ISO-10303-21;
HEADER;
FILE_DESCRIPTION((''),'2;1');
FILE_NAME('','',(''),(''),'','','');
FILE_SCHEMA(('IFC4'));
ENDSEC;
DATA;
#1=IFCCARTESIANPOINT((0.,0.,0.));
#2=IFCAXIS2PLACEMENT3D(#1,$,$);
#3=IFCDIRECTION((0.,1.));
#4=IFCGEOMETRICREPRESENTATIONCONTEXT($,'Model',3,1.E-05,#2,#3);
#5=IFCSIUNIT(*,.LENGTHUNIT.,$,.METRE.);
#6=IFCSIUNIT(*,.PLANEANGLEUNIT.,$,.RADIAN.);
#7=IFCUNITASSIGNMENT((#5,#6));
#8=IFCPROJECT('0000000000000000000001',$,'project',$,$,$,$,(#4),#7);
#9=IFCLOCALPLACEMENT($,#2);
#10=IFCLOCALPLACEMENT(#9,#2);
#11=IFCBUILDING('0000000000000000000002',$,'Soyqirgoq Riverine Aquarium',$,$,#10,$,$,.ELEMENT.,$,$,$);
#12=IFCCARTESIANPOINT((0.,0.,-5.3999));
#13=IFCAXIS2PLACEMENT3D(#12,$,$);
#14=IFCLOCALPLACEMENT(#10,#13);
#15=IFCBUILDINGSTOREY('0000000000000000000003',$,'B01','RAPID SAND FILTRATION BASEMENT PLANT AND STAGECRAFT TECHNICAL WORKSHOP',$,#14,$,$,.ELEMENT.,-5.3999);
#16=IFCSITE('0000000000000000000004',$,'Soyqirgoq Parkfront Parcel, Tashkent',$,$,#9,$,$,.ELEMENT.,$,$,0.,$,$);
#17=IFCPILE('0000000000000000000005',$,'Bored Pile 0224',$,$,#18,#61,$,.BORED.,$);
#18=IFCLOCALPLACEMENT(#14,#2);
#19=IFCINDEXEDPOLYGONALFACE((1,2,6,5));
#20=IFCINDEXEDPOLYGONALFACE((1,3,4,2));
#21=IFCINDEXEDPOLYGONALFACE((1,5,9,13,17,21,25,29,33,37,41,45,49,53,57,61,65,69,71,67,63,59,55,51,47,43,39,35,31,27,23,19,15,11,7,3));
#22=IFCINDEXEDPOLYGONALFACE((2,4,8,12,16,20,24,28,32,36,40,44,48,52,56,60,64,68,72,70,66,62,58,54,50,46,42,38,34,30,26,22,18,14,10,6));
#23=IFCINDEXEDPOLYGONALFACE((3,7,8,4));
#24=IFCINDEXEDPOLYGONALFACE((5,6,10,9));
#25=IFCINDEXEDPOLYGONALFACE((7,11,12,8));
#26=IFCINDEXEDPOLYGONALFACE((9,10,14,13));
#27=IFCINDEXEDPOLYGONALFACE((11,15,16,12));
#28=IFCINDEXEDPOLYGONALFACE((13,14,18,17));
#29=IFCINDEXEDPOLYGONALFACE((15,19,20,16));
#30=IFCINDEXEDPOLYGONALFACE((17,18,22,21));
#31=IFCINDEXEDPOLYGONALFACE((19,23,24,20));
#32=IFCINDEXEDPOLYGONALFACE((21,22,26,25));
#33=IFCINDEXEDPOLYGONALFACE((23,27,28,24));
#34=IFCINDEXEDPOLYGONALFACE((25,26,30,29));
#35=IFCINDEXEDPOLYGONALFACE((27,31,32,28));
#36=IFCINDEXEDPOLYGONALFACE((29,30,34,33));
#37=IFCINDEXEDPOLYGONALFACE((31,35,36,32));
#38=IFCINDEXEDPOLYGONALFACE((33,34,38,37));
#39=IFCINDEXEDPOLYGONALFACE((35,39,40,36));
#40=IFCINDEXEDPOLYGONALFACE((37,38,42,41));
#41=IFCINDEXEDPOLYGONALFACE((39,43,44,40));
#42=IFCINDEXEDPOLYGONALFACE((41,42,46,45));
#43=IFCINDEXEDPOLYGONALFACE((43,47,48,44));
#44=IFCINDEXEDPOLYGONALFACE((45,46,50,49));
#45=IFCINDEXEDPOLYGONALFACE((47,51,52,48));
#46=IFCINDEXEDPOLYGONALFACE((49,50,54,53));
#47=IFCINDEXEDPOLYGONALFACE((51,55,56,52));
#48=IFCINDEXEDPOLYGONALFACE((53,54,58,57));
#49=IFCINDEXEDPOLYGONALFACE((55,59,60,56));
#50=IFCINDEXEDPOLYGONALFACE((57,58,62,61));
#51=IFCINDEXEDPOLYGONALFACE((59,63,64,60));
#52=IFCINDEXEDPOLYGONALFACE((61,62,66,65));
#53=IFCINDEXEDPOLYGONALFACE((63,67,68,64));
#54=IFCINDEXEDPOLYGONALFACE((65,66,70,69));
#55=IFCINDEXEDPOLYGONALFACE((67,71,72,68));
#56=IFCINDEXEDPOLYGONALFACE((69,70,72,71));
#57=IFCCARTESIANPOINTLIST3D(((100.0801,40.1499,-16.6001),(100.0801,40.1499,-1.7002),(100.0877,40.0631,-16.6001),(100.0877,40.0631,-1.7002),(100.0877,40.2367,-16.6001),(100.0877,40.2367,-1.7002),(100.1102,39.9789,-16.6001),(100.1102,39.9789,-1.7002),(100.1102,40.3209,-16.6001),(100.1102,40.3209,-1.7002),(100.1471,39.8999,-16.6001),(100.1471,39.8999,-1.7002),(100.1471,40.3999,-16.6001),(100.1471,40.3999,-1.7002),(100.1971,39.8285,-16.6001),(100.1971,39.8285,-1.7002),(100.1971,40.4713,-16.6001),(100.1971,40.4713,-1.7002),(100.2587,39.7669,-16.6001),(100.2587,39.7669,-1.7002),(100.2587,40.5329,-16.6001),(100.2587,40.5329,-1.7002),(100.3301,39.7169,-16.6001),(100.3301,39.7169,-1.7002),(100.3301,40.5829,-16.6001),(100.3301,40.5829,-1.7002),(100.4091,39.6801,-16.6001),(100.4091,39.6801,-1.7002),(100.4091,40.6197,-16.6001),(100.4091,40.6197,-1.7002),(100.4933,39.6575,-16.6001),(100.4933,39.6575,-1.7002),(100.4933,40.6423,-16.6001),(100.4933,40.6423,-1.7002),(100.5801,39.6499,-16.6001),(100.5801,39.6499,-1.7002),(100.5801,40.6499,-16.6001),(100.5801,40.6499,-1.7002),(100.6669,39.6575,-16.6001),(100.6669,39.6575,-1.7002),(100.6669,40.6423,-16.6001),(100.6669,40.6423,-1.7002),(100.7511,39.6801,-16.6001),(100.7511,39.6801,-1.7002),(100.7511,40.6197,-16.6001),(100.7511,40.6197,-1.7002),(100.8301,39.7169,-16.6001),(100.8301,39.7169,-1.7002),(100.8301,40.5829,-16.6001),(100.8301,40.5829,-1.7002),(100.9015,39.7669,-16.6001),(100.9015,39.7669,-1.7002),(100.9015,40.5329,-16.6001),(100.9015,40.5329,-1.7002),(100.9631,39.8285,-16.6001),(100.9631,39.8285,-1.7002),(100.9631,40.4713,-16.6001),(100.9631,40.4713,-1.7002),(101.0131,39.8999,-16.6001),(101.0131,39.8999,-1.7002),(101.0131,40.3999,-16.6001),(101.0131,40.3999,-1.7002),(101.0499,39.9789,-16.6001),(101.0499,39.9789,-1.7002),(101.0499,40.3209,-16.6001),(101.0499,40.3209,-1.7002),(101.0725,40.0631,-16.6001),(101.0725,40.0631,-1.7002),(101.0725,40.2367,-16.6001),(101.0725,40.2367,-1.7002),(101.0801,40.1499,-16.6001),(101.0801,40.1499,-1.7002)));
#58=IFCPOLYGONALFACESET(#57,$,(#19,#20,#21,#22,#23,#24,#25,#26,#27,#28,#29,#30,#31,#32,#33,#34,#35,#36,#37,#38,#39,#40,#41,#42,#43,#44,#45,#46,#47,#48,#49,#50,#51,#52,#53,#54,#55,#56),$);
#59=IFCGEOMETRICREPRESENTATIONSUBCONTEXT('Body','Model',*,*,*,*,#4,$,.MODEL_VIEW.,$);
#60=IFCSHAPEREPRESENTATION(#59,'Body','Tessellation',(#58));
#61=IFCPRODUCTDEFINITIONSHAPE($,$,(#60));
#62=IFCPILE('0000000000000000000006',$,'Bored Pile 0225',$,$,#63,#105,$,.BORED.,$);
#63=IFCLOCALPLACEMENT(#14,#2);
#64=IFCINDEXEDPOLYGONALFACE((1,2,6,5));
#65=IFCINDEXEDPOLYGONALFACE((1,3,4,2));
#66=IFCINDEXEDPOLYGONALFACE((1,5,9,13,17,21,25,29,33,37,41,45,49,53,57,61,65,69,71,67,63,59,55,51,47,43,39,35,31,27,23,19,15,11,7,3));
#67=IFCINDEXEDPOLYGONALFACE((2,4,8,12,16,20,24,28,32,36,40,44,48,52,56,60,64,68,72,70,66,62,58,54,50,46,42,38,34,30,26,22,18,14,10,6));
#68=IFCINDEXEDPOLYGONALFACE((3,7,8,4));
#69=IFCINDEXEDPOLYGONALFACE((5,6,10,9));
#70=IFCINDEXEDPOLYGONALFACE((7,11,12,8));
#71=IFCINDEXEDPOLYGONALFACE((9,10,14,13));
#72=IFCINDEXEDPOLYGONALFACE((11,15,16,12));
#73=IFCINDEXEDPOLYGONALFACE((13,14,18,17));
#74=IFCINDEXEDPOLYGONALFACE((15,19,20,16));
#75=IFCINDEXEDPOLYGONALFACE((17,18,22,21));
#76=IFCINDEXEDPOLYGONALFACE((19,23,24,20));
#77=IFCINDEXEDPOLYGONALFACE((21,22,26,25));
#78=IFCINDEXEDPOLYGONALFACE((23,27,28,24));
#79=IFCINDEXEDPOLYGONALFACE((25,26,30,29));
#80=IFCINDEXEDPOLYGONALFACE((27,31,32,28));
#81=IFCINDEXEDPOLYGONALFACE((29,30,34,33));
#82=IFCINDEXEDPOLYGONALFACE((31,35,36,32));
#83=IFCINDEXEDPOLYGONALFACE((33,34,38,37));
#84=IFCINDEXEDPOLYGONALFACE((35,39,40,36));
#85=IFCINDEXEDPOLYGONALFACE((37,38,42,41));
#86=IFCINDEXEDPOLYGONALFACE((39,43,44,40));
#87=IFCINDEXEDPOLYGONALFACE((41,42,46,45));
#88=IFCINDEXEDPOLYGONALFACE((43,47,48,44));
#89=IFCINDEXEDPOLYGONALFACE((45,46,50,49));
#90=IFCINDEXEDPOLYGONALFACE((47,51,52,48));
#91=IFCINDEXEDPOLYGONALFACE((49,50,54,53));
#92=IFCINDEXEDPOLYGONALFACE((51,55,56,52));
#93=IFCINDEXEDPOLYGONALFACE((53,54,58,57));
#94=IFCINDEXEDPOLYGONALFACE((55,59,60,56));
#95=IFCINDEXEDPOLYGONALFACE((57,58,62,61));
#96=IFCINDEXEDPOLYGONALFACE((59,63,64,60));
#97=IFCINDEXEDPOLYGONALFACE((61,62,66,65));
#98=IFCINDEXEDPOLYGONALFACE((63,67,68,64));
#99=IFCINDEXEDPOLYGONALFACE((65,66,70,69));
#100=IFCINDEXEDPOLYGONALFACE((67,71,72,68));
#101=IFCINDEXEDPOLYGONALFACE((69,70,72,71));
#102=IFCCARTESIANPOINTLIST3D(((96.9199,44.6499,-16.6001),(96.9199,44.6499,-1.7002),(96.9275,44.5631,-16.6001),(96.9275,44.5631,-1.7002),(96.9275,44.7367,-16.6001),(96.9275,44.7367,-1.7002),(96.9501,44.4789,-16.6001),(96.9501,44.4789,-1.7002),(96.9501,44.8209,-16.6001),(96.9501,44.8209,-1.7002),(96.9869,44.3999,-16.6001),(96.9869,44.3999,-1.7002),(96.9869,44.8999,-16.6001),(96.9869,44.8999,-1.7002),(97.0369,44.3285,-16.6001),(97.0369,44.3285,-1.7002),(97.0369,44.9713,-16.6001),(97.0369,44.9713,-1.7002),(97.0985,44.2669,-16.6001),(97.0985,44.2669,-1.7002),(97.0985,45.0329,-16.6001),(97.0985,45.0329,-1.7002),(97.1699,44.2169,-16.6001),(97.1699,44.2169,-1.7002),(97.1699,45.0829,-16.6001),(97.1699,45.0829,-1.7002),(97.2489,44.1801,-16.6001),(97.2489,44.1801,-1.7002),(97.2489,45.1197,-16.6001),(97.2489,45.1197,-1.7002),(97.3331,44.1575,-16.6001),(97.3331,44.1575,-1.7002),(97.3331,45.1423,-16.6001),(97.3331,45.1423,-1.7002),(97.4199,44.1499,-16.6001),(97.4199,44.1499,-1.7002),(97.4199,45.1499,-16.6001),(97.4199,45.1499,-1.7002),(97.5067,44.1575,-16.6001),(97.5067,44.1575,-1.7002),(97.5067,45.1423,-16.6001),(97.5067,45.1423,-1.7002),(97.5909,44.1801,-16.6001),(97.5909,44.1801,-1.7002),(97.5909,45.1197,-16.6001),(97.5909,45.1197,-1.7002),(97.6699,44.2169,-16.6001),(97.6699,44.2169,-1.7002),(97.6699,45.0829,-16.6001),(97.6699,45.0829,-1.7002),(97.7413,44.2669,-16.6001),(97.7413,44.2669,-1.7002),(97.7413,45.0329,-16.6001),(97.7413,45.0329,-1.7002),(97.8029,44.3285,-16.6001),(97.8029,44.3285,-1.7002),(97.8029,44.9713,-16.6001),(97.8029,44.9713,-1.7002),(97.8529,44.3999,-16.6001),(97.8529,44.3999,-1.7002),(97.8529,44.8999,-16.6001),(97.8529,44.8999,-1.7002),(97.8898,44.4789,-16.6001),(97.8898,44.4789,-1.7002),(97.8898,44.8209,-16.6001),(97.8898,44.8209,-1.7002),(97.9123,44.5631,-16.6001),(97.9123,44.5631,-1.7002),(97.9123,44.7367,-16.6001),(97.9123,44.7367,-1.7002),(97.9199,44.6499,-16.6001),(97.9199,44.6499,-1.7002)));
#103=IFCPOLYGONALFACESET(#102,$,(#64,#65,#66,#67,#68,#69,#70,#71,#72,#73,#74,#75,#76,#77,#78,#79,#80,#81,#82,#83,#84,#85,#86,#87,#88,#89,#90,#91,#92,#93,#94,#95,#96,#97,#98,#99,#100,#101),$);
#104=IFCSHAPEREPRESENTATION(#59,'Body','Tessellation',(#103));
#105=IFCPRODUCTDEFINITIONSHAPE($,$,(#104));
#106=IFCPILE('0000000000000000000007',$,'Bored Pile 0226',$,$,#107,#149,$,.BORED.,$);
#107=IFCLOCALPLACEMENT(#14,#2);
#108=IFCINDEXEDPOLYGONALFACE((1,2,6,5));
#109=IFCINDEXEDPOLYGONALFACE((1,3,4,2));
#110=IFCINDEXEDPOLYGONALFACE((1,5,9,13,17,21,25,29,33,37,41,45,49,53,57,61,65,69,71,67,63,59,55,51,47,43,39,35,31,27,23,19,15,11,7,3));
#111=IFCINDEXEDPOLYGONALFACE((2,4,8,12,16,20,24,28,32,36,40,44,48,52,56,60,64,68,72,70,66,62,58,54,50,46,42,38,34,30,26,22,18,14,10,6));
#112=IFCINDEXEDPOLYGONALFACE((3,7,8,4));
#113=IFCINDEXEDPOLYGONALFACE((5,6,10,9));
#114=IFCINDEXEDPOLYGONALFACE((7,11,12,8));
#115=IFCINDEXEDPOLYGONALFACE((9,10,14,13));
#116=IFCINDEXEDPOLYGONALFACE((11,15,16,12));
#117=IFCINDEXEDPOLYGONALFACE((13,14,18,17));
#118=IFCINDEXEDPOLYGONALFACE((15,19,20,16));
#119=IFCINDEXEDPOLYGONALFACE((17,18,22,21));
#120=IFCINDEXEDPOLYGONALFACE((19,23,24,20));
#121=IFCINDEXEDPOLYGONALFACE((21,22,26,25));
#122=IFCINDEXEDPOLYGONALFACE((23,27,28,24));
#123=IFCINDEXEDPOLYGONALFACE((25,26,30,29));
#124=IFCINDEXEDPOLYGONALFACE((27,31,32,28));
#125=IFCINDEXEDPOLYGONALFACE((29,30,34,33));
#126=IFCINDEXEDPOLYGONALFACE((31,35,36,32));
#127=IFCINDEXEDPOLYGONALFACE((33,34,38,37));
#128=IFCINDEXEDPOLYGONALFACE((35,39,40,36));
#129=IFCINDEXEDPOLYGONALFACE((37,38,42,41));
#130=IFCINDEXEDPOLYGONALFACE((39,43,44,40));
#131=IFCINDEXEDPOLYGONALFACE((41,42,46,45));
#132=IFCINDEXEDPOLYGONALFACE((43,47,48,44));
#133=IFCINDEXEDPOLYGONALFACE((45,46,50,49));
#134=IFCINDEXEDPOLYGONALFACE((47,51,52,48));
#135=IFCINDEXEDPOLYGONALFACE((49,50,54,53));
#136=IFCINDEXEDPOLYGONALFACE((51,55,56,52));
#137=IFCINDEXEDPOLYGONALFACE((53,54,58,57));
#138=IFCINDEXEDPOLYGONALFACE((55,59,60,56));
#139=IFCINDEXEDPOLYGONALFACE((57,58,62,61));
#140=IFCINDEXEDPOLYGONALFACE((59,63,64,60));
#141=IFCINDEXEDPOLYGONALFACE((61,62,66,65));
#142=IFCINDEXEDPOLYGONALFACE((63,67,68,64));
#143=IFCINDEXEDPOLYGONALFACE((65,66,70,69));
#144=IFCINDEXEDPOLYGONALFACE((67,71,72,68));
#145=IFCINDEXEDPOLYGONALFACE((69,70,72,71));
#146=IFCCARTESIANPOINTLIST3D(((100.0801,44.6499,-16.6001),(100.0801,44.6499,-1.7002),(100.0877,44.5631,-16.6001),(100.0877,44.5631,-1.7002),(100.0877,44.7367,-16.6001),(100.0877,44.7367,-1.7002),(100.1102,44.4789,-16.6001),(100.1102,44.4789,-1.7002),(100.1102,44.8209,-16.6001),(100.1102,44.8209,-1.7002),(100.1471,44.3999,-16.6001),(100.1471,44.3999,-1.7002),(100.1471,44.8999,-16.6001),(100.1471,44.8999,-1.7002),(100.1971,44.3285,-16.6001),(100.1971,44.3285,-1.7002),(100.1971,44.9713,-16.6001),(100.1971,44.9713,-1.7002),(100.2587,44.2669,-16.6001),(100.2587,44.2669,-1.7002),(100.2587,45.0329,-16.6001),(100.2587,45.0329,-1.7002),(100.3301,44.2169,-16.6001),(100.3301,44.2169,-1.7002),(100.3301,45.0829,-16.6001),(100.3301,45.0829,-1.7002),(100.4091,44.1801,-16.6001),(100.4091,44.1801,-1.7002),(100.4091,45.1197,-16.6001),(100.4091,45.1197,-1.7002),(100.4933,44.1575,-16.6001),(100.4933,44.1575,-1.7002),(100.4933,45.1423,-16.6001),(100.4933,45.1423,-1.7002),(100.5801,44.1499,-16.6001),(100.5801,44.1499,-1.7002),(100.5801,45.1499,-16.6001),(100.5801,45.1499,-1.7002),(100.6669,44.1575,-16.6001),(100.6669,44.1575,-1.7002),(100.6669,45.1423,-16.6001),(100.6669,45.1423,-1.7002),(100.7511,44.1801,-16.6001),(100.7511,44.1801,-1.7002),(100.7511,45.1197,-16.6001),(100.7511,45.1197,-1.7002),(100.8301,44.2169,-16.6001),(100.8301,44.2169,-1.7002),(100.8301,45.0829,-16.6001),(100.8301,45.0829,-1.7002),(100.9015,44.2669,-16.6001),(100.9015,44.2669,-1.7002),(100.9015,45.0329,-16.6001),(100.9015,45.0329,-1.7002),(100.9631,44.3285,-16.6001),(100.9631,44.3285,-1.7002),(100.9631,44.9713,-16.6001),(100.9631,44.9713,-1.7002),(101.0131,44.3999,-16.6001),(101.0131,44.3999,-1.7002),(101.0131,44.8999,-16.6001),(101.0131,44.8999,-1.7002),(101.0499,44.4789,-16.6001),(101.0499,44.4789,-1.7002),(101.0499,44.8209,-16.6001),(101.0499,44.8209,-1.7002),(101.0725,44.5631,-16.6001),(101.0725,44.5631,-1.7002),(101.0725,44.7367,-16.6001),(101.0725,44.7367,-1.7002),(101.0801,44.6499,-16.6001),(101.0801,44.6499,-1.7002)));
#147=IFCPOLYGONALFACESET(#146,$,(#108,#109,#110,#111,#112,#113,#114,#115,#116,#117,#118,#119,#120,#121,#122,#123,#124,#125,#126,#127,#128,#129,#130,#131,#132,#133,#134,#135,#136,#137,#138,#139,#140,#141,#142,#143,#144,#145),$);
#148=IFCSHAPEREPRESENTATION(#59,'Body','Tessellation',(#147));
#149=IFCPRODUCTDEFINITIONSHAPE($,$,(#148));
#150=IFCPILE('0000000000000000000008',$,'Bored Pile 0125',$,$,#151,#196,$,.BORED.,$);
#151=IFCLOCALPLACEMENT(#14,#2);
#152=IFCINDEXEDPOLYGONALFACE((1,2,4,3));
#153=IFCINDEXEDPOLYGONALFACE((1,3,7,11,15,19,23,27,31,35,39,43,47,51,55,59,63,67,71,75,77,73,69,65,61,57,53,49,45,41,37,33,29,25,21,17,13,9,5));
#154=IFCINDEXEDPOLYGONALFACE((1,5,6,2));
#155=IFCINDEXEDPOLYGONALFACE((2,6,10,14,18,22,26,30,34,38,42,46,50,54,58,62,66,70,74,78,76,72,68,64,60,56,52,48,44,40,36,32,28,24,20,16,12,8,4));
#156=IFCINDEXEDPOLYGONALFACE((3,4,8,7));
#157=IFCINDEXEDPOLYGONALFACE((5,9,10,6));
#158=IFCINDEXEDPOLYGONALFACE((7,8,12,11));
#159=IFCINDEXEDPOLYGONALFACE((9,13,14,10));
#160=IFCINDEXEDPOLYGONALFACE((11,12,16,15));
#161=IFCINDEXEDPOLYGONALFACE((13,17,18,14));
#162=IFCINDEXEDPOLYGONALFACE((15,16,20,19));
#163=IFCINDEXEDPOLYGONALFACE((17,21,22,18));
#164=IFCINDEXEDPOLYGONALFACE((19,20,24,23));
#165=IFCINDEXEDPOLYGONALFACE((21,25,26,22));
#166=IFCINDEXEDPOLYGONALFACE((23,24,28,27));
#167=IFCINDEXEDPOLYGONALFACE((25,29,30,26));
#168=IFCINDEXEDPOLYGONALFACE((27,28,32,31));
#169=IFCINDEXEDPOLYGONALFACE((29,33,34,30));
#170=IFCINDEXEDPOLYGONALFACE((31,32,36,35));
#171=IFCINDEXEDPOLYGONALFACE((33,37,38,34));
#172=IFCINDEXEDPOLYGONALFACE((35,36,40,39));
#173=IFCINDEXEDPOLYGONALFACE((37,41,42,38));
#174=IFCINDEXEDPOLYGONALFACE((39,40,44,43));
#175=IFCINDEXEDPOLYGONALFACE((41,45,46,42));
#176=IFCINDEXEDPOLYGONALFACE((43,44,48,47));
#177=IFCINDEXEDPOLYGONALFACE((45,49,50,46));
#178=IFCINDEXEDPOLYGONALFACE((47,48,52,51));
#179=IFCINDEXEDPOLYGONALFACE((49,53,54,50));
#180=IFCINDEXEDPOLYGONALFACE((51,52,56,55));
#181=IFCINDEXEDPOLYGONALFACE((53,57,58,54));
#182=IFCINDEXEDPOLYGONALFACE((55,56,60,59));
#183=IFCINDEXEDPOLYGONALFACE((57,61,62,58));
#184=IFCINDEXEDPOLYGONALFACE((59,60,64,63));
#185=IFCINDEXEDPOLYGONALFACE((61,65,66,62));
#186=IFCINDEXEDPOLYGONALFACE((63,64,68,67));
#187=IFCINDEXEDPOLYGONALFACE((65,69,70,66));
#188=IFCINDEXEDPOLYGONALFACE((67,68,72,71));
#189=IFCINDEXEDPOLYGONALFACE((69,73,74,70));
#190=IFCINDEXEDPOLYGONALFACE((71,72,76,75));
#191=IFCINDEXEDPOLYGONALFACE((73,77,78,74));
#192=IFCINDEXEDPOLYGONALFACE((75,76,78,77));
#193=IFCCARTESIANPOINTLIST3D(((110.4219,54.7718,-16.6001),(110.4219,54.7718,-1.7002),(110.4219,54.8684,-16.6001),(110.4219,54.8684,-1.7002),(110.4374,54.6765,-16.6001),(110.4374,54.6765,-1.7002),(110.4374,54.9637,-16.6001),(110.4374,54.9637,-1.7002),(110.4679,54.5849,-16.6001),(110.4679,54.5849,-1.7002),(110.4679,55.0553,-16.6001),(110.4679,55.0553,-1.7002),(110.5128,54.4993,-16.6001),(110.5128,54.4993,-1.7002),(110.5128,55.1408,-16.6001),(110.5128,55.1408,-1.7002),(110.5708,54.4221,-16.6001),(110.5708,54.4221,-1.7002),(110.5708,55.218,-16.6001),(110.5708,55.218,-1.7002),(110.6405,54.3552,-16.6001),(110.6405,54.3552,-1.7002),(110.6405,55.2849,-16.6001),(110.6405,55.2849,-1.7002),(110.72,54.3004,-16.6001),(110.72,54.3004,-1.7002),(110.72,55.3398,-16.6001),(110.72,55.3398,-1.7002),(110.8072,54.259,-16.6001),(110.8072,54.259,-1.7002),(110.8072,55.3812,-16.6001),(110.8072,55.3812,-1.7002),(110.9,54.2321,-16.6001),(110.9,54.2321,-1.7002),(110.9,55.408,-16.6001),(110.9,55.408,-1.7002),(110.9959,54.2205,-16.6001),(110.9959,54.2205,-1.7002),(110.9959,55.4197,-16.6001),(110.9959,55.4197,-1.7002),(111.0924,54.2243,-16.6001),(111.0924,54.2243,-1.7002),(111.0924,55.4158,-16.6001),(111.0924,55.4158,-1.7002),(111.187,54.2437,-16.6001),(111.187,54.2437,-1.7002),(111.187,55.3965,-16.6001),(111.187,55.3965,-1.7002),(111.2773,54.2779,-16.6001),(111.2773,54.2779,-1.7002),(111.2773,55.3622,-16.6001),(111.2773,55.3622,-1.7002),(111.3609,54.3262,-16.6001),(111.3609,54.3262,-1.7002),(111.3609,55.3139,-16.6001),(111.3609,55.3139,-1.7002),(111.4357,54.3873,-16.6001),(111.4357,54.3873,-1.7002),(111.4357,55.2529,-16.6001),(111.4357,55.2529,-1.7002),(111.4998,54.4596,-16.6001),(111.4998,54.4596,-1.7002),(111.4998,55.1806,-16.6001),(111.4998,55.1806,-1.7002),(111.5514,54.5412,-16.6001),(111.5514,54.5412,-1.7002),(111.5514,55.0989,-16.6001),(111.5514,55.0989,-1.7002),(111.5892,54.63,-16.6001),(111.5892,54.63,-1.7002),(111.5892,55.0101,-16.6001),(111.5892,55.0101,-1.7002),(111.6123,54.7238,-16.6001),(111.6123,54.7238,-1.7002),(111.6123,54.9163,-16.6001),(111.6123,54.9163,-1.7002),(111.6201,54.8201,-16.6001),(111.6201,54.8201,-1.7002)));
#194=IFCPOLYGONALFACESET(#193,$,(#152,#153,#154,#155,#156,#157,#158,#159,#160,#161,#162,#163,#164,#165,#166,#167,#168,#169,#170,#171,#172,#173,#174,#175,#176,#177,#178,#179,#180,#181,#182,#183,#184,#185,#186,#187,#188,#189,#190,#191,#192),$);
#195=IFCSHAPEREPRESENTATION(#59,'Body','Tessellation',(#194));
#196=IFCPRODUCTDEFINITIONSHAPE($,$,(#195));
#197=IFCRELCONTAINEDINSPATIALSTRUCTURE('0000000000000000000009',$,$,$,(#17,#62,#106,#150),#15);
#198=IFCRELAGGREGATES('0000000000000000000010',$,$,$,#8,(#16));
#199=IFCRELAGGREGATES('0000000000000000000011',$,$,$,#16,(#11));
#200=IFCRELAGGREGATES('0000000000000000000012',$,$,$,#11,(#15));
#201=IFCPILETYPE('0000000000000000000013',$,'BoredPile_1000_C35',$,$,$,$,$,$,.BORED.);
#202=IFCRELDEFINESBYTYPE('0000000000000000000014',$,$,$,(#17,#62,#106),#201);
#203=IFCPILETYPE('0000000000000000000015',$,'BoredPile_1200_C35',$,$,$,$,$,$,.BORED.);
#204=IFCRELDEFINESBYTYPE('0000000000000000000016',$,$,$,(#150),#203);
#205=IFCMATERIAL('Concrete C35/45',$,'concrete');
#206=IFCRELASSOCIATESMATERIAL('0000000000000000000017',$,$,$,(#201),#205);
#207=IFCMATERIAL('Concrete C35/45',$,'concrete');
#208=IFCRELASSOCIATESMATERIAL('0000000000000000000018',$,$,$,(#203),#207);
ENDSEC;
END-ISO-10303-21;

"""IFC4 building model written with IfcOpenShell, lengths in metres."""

from ifc_helpers import new_model, si_unit, direction, frame, origin, origin_2d, place, context, subcontext, project, spatial, circle, extrude, material, material_profile, profile_set, type_object, element, save


model = new_model("IFC4")

# Units and contexts
model_context = context("Model", 3, precision=1e-05, world=origin(), true_north=direction((0.0, 1.0)))
body_context = subcontext(model_context, "Body", "Model", "MODEL_VIEW")
ifc_project = project(units=[si_unit("LENGTHUNIT", "METRE"), si_unit("PLANEANGLEUNIT", "RADIAN")], contexts=[model_context])

# Site, building, storey
site_placement = place(None, origin())
site = spatial("IfcSite", under=ifc_project, at=site_placement, Name="Soyqirgoq Parkfront Parcel, Tashkent", CompositionType="ELEMENT", RefElevation=0.0)
building_placement = place(site_placement, origin())
building = spatial("IfcBuilding", under=site, at=building_placement, Name="Soyqirgoq Riverine Aquarium", CompositionType="ELEMENT")
storey_placement = place(building_placement, frame((0.0, 0.0, -5.3999)))
storey = spatial("IfcBuildingStorey", under=building, at=storey_placement, Name="B01", Description="RAPID SAND FILTRATION BASEMENT PLANT AND STAGECRAFT TECHNICAL WORKSHOP", CompositionType="ELEMENT", Elevation=-5.3999)

# Piles
ifc_material_1 = material(Name="Concrete C35/45", Category="concrete")
ifc_material_profile_1 = material_profile(ifc_material_1, circle(Radius=0.5, at=origin_2d()), Name="BP D1000")
ifc_profile_set_1 = profile_set([ifc_material_profile_1], Name="Concrete C35/45")
pile_type_1 = type_object("IfcPileType", Name="BoredPile_1000_C35", PredefinedType="BORED", material=ifc_profile_set_1)
for number, where, z_axis, x_axis, name in (
    (1, (100.5801, 40.1499, -1.7002), (0.0, 0.0, -1.0), (1.0, 0.0, 0.0), "Bored Pile 0224"),
    (2, (97.4199, 44.6499, -1.7002), (0.0, 0.0, -1.0), (1.0, 0.0, 0.0), "Bored Pile 0225"),
    (3, (100.5801, 44.6499, -1.7002), (0.0, 0.0, -1.0), (1.0, 0.0, 0.0), "Bored Pile 0226"),
):
    element("IfcPile", number, at=place(storey_placement, frame(where, z_axis=z_axis, x_axis=x_axis)), inside=storey, type_object=pile_type_1, Name=name, PredefinedType="BORED", context=body_context, shape_type="SweptSolid", body=[
        extrude(circle(Radius=0.5, at=origin_2d()), origin(), (0.0, 0.0, 1.0), 14.8999),
    ])
ifc_material_2 = material(Name="Concrete C35/45", Category="concrete")
ifc_material_profile_2 = material_profile(ifc_material_2, circle(Radius=0.6001, at=origin_2d()), Name="BP D1200")
ifc_profile_set_2 = profile_set([ifc_material_profile_2], Name="Concrete C35/45")
pile_type_2 = type_object("IfcPileType", Name="BoredPile_1200_C35", PredefinedType="BORED", material=ifc_profile_set_2)
pile_placement = place(storey_placement, frame((111.02, 54.8201, -1.7002), z_axis=(0.0, 0.0, -1.0), x_axis=(1.0, 0.0, 0.0)))
element("IfcPile", 4, at=pile_placement, inside=storey, type_object=pile_type_2, Name="Bored Pile 0125", PredefinedType="BORED", context=body_context, shape_type="SweptSolid", body=[
    extrude(circle(Radius=0.6001, at=origin_2d()), origin(), (0.0, 0.0, 1.0), 14.8999),
])

save(model, "model.ifc")
